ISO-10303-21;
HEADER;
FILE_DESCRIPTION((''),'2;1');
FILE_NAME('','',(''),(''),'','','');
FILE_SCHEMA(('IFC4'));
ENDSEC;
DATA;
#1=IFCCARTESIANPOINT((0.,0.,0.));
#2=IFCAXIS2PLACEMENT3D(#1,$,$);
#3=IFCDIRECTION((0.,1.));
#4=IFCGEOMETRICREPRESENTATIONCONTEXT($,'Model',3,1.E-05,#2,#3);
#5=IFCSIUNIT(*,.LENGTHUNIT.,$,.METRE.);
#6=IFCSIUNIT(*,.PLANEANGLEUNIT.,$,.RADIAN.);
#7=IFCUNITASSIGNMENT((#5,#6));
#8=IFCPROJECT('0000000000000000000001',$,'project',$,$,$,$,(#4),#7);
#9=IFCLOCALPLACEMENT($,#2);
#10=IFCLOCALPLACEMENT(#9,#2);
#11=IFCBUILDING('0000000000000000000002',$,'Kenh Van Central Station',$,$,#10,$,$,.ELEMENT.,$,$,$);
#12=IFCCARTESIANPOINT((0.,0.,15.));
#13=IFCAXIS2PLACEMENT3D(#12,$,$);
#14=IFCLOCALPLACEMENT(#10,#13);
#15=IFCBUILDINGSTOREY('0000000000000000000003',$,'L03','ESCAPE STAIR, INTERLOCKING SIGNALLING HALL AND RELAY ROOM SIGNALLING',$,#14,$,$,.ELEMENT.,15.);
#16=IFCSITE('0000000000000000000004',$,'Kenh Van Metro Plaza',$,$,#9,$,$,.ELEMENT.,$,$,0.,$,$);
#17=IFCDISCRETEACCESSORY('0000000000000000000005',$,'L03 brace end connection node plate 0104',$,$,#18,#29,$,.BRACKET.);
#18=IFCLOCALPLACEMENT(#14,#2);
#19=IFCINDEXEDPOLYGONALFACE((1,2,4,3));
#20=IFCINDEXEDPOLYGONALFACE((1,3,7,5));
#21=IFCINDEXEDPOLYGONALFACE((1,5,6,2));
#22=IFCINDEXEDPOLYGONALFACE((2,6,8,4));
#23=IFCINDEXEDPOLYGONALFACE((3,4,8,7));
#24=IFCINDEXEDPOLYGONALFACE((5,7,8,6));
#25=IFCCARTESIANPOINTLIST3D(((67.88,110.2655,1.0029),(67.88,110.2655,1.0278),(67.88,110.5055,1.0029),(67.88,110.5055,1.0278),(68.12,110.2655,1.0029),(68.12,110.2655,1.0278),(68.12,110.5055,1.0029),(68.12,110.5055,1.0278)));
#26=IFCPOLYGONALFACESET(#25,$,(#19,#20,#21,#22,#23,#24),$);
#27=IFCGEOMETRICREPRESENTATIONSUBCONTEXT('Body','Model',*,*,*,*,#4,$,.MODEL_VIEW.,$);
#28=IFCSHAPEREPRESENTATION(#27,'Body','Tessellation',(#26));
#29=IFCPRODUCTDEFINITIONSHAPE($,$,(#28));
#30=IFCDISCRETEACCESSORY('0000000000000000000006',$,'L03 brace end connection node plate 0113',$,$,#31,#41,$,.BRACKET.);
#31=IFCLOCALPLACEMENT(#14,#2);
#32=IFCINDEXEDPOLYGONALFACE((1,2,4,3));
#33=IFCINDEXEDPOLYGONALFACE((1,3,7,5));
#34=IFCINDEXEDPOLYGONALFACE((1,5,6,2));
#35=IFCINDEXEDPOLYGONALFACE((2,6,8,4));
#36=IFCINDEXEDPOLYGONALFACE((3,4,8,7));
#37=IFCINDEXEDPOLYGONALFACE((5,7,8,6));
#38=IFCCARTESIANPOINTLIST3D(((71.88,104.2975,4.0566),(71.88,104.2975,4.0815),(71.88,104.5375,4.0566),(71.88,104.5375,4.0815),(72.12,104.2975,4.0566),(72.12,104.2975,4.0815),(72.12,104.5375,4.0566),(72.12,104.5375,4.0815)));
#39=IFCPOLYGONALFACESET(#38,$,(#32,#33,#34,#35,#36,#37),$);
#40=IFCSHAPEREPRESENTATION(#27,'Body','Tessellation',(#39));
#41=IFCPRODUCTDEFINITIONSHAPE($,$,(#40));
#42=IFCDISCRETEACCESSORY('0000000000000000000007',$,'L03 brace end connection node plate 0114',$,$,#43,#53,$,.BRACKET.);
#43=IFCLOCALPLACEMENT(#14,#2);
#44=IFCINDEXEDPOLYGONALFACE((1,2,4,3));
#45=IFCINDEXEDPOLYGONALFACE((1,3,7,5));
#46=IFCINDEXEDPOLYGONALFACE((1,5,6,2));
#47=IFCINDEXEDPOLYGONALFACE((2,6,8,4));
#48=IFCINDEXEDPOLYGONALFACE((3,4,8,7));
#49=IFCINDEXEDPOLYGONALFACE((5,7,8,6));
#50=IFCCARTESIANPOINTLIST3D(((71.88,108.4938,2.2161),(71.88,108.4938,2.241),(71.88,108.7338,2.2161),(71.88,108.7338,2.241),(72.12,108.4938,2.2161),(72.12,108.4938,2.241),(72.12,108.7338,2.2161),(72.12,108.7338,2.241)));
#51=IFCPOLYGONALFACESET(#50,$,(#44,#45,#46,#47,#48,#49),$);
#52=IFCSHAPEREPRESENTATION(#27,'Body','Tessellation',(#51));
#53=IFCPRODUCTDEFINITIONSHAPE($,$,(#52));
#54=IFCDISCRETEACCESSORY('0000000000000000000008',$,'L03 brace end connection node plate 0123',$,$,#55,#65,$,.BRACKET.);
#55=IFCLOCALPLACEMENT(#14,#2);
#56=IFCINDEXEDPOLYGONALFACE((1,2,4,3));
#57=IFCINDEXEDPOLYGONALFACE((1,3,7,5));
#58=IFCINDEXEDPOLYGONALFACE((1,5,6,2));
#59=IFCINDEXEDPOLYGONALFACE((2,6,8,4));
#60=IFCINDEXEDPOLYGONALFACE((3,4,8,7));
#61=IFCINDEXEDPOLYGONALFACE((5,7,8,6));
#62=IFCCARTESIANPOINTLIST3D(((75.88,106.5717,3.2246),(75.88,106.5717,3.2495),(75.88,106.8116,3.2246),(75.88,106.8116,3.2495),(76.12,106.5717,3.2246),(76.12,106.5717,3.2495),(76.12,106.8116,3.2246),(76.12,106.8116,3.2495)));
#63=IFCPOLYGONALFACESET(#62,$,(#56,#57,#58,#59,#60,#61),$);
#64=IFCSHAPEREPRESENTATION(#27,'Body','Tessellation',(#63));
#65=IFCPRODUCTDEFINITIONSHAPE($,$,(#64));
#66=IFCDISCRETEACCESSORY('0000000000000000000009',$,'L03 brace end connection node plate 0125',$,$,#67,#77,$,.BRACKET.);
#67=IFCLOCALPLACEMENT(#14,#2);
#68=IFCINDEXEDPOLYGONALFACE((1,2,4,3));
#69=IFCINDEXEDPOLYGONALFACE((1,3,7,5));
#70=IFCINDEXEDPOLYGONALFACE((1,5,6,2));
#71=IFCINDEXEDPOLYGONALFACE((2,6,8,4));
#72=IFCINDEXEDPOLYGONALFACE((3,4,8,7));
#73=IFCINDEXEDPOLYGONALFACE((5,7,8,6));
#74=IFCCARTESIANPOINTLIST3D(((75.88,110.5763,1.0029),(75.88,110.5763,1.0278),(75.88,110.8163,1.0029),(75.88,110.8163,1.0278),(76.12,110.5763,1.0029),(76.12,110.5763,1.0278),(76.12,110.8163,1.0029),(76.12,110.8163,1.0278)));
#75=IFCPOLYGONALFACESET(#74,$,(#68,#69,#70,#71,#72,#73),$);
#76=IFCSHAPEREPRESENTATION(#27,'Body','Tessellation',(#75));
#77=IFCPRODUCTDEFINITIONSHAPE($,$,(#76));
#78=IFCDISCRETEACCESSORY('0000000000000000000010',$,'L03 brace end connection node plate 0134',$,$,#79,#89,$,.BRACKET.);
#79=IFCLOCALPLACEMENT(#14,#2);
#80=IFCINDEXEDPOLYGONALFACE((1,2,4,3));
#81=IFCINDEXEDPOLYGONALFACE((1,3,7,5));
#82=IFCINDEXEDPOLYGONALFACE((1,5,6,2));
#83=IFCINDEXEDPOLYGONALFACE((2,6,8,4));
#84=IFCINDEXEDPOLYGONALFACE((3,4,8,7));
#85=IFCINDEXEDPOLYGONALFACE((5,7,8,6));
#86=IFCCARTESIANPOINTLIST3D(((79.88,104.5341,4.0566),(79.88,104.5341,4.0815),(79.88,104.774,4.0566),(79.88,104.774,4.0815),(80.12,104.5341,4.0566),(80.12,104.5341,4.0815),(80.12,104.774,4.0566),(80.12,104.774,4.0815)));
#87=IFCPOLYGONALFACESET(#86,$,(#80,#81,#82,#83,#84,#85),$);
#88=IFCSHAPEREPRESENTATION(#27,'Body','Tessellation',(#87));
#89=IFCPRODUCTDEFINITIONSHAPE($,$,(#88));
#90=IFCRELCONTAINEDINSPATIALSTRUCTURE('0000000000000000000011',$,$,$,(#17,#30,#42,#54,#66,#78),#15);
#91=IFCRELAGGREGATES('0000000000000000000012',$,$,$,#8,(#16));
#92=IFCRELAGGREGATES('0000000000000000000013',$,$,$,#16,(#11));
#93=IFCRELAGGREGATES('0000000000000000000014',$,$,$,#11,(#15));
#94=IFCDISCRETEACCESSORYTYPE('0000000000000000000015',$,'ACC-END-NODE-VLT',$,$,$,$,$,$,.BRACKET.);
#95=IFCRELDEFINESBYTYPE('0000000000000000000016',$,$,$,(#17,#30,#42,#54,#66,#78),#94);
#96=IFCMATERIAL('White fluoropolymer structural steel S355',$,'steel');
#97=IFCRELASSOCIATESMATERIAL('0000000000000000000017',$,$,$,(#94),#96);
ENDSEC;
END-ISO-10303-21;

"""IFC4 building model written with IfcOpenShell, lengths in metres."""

from ifc_helpers import new_model, si_unit, direction, frame, origin, origin_2d, place, context, subcontext, project, spatial, rectangle, extrude, material, type_object, element, save


model = new_model("IFC4")

# Units and contexts
model_context = context("Model", 3, precision=1e-05, world=origin(), true_north=direction((0.0, 1.0)))
body_context = subcontext(model_context, "Body", "Model", "MODEL_VIEW")
ifc_project = project(units=[si_unit("LENGTHUNIT", "METRE"), si_unit("PLANEANGLEUNIT", "RADIAN")], contexts=[model_context])

# Site, building, storey
site_placement = place(None, origin())
site = spatial("IfcSite", under=ifc_project, at=site_placement, Name="Kenh Van Metro Plaza", CompositionType="ELEMENT", RefElevation=0.0)
building_placement = place(site_placement, origin())
building = spatial("IfcBuilding", under=site, at=building_placement, Name="Kenh Van Central Station", CompositionType="ELEMENT")
storey_placement = place(building_placement, frame((0.0, 0.0, 15.0)))
storey = spatial("IfcBuildingStorey", under=building, at=storey_placement, Name="L03", Description="ESCAPE STAIR, INTERLOCKING SIGNALLING HALL AND RELAY ROOM SIGNALLING", CompositionType="ELEMENT", Elevation=15.0)

# Shared definitions
ifc_material_1 = material(Name="White fluoropolymer structural steel S355", Category="steel")

# Discrete accessories
discrete_accessory_type = type_object("IfcDiscreteAccessoryType", Name="ACC-END-NODE-VLT", PredefinedType="BRACKET", material=ifc_material_1)
for number, where, z_axis, x_axis, name in (
    (1, (68.0, 110.3855, 1.0029), (0.0, 0.0, 1.0), (1.0, 0.0, 0.0), "L03 brace end connection node plate 0104"),
    (2, (72.0, 104.4175, 4.0566), (0.0, 0.0, 1.0), (1.0, 0.0, 0.0), "L03 brace end connection node plate 0113"),
    (3, (72.0, 108.6138, 2.2161), (0.0, 0.0, 1.0), (1.0, 0.0, 0.0), "L03 brace end connection node plate 0114"),
    (4, (76.0, 106.6917, 3.2246), (0.0, 0.0, 1.0), (1.0, 0.0, 0.0), "L03 brace end connection node plate 0123"),
    (5, (76.0, 110.6963, 1.0029), (0.0, 0.0, 1.0), (1.0, 0.0, 0.0), "L03 brace end connection node plate 0125"),
    (6, (80.0, 104.6541, 4.0566), (0.0, 0.0, 1.0), (1.0, 0.0, 0.0), "L03 brace end connection node plate 0134"),
):
    element("IfcDiscreteAccessory", number, at=place(storey_placement, frame(where, z_axis=z_axis, x_axis=x_axis)), inside=storey, type_object=discrete_accessory_type, Name=name, PredefinedType="BRACKET", context=body_context, shape_type="SweptSolid", body=[
        extrude(rectangle(XDim=0.24, YDim=0.24, at=origin_2d()), origin(), (0.0, 0.0, 1.0), 0.0249),
    ])

save(model, "model.ifc")
